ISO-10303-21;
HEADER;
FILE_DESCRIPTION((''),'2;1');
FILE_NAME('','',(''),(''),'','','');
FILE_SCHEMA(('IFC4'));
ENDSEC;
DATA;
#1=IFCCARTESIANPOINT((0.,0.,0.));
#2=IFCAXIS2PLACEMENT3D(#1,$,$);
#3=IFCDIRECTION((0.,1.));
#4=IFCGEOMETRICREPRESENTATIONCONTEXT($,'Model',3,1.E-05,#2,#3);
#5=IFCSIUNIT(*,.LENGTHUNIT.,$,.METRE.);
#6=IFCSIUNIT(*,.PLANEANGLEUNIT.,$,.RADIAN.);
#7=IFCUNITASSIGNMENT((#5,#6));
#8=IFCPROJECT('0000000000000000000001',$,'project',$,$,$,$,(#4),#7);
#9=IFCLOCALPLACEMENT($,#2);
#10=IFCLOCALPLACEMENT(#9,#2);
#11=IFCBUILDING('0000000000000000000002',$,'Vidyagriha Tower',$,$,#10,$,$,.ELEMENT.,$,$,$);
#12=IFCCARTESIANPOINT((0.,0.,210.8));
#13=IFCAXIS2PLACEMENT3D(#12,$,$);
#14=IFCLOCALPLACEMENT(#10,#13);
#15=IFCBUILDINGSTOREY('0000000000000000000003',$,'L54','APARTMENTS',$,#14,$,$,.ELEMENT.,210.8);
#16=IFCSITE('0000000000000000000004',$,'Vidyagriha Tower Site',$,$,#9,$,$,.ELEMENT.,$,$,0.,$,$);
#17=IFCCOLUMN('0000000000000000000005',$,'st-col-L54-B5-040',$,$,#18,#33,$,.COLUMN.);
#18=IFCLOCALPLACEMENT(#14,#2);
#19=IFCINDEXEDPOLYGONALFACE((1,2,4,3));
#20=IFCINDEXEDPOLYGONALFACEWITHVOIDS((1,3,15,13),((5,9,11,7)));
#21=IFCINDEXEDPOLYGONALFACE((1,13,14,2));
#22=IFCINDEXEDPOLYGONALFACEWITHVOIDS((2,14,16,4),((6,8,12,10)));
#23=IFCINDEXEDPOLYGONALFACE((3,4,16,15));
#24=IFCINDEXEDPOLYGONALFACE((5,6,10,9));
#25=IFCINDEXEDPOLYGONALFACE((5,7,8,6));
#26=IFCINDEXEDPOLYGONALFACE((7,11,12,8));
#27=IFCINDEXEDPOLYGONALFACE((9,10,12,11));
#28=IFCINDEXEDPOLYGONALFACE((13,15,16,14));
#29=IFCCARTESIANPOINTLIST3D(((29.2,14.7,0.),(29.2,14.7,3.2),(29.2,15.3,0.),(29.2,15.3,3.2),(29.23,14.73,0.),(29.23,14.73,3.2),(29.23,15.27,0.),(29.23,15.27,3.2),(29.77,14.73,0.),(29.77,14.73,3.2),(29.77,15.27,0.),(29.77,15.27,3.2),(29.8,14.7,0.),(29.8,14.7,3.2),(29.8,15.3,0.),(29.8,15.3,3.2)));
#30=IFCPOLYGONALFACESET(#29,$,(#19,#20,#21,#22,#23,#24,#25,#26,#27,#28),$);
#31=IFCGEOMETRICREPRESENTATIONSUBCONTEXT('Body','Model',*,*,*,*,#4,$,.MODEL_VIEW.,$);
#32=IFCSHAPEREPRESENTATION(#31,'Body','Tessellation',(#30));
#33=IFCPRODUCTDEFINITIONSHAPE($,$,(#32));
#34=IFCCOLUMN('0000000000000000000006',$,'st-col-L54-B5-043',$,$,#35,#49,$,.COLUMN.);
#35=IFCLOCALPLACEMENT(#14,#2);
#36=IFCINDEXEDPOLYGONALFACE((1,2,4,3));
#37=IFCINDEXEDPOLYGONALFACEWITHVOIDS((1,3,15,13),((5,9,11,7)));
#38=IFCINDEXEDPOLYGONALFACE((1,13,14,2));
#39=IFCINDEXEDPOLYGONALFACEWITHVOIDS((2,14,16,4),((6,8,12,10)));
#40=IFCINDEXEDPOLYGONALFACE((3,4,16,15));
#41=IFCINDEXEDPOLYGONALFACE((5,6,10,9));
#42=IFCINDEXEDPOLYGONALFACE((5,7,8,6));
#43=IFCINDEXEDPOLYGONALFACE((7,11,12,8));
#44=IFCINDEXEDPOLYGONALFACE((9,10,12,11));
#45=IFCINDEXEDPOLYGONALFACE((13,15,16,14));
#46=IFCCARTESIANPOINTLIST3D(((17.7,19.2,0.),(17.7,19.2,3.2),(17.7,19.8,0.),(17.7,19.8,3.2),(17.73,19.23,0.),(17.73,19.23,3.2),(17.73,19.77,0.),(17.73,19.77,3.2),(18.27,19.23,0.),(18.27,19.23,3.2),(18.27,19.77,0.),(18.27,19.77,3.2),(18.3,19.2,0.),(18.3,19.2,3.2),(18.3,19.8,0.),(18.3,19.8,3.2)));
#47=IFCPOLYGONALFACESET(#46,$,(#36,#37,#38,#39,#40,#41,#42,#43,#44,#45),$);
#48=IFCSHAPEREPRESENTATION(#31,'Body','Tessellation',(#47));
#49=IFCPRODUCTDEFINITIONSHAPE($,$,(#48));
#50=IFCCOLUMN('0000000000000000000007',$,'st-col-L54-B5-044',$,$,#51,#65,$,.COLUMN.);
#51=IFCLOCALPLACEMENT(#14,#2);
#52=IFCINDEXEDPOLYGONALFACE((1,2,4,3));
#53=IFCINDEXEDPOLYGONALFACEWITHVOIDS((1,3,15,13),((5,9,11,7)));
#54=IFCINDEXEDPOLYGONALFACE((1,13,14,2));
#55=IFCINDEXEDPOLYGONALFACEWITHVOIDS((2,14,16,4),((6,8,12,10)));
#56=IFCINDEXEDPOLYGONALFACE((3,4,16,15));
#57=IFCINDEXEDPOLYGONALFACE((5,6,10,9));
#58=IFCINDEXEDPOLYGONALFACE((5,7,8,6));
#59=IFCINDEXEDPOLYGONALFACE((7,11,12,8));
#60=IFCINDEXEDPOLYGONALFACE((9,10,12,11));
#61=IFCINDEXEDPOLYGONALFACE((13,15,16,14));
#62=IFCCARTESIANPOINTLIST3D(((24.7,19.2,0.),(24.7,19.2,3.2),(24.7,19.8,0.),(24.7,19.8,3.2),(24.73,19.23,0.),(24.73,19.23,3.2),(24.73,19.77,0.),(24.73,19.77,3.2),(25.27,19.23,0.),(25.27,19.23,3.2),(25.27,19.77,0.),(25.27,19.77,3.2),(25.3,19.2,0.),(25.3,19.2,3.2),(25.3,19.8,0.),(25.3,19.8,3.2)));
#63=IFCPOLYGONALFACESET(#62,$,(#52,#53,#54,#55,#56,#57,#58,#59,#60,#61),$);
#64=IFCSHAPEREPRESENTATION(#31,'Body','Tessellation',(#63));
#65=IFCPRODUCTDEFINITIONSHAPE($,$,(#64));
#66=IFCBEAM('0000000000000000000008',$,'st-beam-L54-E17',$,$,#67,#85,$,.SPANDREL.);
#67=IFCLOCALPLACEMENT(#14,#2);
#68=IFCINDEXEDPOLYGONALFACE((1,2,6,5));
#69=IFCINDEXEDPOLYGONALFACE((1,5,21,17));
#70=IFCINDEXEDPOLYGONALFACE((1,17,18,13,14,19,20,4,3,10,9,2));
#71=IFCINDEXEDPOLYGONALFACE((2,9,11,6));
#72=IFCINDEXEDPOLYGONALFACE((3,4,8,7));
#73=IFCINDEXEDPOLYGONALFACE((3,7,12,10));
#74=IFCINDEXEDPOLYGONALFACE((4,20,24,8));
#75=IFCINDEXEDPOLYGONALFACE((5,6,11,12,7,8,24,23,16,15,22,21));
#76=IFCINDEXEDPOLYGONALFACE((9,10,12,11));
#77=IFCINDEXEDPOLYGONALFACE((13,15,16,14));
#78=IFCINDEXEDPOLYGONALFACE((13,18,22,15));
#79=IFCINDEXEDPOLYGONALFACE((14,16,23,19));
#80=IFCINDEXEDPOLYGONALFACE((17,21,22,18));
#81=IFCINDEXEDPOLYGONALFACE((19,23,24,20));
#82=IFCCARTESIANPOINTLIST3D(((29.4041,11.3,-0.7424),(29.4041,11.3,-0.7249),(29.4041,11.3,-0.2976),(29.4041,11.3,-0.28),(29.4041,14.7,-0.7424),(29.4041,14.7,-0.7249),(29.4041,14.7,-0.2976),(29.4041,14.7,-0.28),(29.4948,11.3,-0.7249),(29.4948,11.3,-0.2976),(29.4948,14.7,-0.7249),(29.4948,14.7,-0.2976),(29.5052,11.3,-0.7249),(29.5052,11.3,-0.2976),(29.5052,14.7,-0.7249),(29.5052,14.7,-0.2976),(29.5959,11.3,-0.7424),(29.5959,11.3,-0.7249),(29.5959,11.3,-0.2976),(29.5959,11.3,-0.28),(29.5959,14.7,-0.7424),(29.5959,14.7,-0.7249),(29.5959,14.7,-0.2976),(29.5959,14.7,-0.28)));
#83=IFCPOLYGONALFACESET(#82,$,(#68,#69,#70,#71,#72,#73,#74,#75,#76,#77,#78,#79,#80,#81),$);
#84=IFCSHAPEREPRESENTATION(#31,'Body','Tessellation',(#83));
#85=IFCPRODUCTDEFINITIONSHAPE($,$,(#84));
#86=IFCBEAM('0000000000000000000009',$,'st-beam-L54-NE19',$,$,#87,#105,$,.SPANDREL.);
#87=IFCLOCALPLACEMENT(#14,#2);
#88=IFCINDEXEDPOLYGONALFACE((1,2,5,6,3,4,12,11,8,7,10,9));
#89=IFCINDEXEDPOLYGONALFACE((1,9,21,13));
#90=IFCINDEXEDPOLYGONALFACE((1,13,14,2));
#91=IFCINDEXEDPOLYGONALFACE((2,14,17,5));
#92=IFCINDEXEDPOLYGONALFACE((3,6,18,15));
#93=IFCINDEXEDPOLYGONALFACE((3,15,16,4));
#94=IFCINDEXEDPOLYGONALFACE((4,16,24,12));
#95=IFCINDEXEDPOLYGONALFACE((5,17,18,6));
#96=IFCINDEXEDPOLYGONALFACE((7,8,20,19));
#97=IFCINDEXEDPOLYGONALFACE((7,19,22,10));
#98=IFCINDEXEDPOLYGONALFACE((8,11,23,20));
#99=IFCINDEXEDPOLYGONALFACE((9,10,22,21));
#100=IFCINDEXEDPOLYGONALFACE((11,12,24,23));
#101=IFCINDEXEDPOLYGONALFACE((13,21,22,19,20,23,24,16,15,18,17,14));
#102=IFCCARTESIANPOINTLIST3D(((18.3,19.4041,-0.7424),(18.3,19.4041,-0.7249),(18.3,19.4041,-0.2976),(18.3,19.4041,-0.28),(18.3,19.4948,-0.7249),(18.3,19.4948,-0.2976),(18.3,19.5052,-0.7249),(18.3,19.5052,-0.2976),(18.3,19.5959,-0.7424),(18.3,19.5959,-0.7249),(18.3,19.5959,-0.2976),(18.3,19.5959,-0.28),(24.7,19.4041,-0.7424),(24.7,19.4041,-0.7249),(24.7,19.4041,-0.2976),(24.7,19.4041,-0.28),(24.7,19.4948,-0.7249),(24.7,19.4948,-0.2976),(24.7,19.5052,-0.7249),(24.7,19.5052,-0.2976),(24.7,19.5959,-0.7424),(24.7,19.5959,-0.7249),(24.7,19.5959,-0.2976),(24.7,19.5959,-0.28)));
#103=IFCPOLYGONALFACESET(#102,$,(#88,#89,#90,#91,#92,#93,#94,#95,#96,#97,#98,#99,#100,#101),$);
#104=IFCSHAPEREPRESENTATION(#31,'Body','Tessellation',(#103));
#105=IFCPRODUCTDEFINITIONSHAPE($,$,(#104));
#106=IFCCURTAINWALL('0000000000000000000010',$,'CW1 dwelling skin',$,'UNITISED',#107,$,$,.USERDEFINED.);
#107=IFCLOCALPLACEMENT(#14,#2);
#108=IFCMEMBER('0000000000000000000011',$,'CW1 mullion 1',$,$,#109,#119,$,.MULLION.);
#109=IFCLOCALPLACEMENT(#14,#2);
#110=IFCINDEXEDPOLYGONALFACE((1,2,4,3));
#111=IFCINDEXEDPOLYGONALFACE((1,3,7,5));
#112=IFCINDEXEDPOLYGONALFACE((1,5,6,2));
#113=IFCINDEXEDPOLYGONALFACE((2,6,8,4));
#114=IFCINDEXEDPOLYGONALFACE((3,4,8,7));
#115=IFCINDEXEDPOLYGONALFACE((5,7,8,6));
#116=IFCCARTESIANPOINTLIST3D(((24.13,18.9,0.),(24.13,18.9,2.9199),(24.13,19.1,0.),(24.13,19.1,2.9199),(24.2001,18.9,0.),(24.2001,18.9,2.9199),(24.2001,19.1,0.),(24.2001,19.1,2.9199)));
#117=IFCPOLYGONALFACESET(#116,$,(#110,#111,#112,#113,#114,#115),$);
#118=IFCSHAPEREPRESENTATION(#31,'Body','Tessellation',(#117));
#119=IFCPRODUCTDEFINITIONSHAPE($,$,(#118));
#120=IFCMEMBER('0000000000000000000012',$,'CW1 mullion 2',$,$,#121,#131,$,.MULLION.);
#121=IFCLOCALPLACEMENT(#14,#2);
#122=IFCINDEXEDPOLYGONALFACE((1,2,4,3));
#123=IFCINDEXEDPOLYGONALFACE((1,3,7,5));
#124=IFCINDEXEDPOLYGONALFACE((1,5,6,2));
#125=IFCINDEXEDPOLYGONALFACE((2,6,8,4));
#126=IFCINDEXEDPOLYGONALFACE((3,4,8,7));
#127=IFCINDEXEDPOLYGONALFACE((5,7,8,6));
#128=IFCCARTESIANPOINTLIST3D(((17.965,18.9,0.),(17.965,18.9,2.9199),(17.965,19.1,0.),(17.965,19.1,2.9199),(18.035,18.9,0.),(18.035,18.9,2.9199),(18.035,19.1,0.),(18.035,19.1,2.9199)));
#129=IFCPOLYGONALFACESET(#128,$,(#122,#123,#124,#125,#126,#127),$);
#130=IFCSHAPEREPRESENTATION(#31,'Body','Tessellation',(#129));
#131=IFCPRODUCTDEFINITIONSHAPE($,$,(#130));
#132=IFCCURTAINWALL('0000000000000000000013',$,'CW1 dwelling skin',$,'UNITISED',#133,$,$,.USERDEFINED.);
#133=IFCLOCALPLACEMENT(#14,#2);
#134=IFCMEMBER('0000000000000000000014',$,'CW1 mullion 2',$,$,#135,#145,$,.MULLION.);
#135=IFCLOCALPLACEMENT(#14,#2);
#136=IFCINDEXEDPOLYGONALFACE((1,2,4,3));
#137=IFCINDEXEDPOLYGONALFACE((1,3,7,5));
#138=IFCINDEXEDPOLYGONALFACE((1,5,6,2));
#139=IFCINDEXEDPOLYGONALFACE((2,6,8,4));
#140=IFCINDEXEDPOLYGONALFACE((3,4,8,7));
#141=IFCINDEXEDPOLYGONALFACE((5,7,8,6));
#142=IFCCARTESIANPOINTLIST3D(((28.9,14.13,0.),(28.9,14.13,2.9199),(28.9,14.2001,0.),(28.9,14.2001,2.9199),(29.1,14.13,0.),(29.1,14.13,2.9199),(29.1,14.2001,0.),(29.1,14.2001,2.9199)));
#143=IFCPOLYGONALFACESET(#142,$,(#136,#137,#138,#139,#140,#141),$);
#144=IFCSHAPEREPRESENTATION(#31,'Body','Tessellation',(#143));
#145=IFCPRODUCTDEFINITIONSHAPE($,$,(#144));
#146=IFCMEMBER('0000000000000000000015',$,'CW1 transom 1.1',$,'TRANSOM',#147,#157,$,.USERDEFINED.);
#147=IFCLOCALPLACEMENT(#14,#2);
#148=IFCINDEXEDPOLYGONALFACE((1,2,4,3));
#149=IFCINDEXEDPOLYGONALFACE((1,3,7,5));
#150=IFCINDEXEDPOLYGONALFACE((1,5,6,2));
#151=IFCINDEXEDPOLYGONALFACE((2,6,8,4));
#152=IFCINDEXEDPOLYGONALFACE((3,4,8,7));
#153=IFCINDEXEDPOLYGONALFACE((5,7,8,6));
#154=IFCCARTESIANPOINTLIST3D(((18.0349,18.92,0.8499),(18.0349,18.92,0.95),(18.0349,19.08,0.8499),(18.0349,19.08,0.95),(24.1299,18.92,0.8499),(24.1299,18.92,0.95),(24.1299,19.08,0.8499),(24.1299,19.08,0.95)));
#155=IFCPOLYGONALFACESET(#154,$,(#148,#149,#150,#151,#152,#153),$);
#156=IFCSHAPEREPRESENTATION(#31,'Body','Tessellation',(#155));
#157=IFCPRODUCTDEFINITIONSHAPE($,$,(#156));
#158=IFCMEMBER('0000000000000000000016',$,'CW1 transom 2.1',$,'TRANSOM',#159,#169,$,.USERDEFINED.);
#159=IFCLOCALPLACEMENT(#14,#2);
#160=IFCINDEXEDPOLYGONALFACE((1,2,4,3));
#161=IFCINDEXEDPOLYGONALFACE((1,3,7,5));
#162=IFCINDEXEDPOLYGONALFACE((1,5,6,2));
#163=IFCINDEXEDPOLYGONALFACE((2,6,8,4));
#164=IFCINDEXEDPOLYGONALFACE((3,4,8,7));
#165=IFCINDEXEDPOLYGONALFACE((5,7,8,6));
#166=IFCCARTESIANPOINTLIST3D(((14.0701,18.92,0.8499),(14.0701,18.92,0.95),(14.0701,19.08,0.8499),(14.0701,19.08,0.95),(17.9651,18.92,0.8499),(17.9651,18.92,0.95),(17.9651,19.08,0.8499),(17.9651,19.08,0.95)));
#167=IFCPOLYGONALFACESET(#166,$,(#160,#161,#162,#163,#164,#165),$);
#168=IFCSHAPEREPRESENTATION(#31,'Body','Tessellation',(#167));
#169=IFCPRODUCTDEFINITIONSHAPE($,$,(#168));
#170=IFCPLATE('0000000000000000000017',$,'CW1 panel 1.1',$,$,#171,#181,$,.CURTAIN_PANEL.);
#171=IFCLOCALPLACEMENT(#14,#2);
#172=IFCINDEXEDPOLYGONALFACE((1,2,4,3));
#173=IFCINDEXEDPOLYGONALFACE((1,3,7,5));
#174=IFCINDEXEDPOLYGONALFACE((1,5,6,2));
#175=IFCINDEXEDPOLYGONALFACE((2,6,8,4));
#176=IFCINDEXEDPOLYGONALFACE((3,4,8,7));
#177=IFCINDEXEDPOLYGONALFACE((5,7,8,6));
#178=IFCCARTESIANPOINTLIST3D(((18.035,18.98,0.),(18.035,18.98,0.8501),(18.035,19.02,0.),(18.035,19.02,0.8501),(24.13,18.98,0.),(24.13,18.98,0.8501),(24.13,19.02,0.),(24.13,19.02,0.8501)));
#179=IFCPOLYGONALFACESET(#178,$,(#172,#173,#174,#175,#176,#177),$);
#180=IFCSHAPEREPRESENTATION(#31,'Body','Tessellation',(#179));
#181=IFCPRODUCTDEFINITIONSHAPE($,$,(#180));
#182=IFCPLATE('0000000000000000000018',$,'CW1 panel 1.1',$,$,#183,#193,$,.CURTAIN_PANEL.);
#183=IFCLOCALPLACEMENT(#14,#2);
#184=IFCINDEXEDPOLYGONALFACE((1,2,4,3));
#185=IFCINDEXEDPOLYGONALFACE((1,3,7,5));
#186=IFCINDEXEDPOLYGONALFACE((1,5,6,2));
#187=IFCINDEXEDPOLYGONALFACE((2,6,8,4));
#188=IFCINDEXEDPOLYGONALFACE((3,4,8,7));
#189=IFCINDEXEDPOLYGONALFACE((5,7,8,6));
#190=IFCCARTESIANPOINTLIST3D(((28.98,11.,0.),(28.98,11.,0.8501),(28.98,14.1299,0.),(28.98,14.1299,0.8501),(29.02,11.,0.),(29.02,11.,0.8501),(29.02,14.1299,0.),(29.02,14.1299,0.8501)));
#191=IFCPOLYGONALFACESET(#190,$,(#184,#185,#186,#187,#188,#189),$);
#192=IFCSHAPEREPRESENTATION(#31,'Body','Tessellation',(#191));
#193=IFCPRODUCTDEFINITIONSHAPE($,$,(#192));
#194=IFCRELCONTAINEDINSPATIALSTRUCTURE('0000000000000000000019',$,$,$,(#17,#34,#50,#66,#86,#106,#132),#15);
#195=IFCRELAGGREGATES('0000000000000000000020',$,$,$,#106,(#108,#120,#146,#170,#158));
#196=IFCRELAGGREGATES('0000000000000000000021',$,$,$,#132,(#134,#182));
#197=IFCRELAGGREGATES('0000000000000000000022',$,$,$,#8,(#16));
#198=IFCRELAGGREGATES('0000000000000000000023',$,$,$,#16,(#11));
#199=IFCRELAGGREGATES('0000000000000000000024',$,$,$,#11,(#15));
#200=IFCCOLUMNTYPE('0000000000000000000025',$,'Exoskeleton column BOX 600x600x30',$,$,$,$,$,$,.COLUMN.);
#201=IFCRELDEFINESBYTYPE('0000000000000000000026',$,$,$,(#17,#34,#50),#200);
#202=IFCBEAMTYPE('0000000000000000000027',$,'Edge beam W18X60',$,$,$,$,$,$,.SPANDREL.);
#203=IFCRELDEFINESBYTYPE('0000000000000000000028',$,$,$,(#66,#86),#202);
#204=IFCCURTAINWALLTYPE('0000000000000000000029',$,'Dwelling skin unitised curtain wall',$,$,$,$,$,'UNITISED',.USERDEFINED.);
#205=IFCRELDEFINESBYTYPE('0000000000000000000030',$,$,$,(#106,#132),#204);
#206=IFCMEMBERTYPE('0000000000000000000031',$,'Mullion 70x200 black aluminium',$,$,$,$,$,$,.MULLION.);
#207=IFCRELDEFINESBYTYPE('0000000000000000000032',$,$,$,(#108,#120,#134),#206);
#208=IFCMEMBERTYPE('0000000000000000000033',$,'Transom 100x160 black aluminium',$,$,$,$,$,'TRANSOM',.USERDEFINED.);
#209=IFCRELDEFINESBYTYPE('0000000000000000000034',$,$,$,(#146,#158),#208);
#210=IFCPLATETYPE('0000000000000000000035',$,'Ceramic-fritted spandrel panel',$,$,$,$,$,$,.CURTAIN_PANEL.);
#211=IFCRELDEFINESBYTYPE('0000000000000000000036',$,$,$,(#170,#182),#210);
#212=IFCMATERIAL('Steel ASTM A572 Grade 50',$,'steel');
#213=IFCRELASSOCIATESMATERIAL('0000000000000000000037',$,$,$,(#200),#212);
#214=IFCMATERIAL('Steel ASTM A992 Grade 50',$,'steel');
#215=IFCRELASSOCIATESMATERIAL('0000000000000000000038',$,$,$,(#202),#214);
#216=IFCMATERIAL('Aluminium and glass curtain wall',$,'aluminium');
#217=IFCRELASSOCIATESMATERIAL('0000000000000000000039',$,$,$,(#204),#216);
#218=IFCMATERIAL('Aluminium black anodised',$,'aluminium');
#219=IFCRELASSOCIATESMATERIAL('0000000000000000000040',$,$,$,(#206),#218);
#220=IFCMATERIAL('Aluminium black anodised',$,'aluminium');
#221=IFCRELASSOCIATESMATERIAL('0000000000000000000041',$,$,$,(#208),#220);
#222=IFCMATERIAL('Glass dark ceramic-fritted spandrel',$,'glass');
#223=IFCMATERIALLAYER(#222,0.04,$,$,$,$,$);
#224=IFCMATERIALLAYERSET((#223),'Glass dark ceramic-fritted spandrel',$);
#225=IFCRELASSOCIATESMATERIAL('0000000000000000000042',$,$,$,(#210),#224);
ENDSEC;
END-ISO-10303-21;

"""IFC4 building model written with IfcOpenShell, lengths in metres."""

from ifc_helpers import new_model, si_unit, direction, frame, origin, origin_2d, place, context, subcontext, project, spatial, rectangle, hollow_rectangle, i_section, extrude, material, layer, layer_set, material_profile, profile_set, type_object, element, aggregate, save


model = new_model("IFC4")

# Units and contexts
model_context = context("Model", 3, precision=1e-05, world=origin(), true_north=direction((0.0, 1.0)))
body_context = subcontext(model_context, "Body", "Model", "MODEL_VIEW")
ifc_project = project(units=[si_unit("LENGTHUNIT", "METRE"), si_unit("PLANEANGLEUNIT", "RADIAN")], contexts=[model_context])

# Site, building, storey
site_placement = place(None, origin())
site = spatial("IfcSite", under=ifc_project, at=site_placement, Name="Vidyagriha Tower Site", CompositionType="ELEMENT", RefElevation=0.0)
building_placement = place(site_placement, origin())
building = spatial("IfcBuilding", under=site, at=building_placement, Name="Vidyagriha Tower", CompositionType="ELEMENT")
storey_placement = place(building_placement, frame((0.0, 0.0, 210.8)))
storey = spatial("IfcBuildingStorey", under=building, at=storey_placement, Name="L54", Description="APARTMENTS", CompositionType="ELEMENT", Elevation=210.8)

# Columns
ifc_material_1 = material(Name="Steel ASTM A572 Grade 50", Category="steel")
ifc_material_profile_1 = material_profile(ifc_material_1, hollow_rectangle(XDim=0.6001, YDim=0.6001, WallThickness=0.03, at=origin_2d()), Name="BOX 600x600x30")
ifc_profile_set_1 = profile_set([ifc_material_profile_1], Name="Steel ASTM A572 Grade 50")
column_type = type_object("IfcColumnType", Name="Exoskeleton column BOX 600x600x30", PredefinedType="COLUMN", material=ifc_profile_set_1)
for number, where, name in (
    (1, (29.5, 15.0, 0.0), "st-col-L54-B5-040"),
    (2, (18.0, 19.5, 0.0), "st-col-L54-B5-043"),
    (3, (25.0, 19.5, 0.0), "st-col-L54-B5-044"),
):
    element("IfcColumn", number, at=place(storey_placement, frame(where)), inside=storey, type_object=column_type, Name=name, PredefinedType="COLUMN", context=body_context, shape_type="SweptSolid", body=[
        extrude(hollow_rectangle(XDim=0.6001, YDim=0.6001, WallThickness=0.03, at=origin_2d()), origin(), (0.0, 0.0, 1.0), 3.2),
    ])

# Beams
ifc_material_2 = material(Name="Steel ASTM A992 Grade 50", Category="steel")
ifc_material_profile_2 = material_profile(ifc_material_2, i_section(OverallWidth=0.1919, OverallDepth=0.4624, WebThickness=0.0105, FlangeThickness=0.0176, at=origin_2d()), Name="W18X60")
ifc_profile_set_2 = profile_set([ifc_material_profile_2], Name="Steel ASTM A992 Grade 50")
beam_type = type_object("IfcBeamType", Name="Edge beam W18X60", PredefinedType="SPANDREL", material=ifc_profile_set_2)
beam_1_placement = place(storey_placement, frame((29.5, 11.3, -0.5112), z_axis=(0.0, 1.0, 0.0), x_axis=(-1.0, 0.0, 0.0)))
element("IfcBeam", 4, at=beam_1_placement, inside=storey, type_object=beam_type, Name="st-beam-L54-E17", PredefinedType="SPANDREL", context=body_context, shape_type="SweptSolid", body=[
    extrude(i_section(OverallWidth=0.1919, OverallDepth=0.4624, WebThickness=0.0105, FlangeThickness=0.0176, at=origin_2d()), origin(), (0.0, 0.0, 1.0), 3.3999),
])
beam_2_placement = place(storey_placement, frame((18.3, 19.5, -0.5112), z_axis=(1.0, 0.0, 0.0), x_axis=(0.0, 1.0, 0.0)))
element("IfcBeam", 5, at=beam_2_placement, inside=storey, type_object=beam_type, Name="st-beam-L54-NE19", PredefinedType="SPANDREL", context=body_context, shape_type="SweptSolid", body=[
    extrude(i_section(OverallWidth=0.1919, OverallDepth=0.4624, WebThickness=0.0105, FlangeThickness=0.0176, at=origin_2d()), origin(), (0.0, 0.0, 1.0), 6.3999),
])

# Curtain wall, members
ifc_material_3 = material(Name="Aluminium and glass curtain wall", Category="aluminium")
curtain_wall_type = type_object("IfcCurtainWallType", Name="Dwelling skin unitised curtain wall", ElementType="UNITISED", PredefinedType="USERDEFINED", material=ifc_material_3)
curtain_wall_1_placement = place(storey_placement, origin())
curtain_wall_1 = element("IfcCurtainWall", 6, at=curtain_wall_1_placement, inside=storey, type_object=curtain_wall_type, Name="CW1 dwelling skin", ObjectType="UNITISED", PredefinedType="USERDEFINED")
ifc_material_4 = material(Name="Aluminium black anodised", Category="aluminium")
ifc_material_profile_3 = material_profile(ifc_material_4, rectangle(XDim=0.2, YDim=0.0701, at=origin_2d()), Name="Mullion 70x200 black aluminium")
ifc_profile_set_3 = profile_set([ifc_material_profile_3], Name="Aluminium black anodised")
member_type_1 = type_object("IfcMemberType", Name="Mullion 70x200 black aluminium", PredefinedType="MULLION", material=ifc_profile_set_3)
member_1_placement = place(storey_placement, frame((24.165, 19.0, 0.0), z_axis=(0.0, 0.0, 1.0), x_axis=(0.0, -1.0, 0.0)))
member_1 = element("IfcMember", 7, at=member_1_placement, type_object=member_type_1, Name="CW1 mullion 1", PredefinedType="MULLION", context=body_context, shape_type="SweptSolid", body=[
    extrude(rectangle(XDim=0.2, YDim=0.0701, at=origin_2d()), origin(), (0.0, 0.0, 1.0), 2.9199),
])
member_2_placement = place(storey_placement, frame((18.0, 19.0, 0.0), z_axis=(0.0, 0.0, 1.0), x_axis=(0.0, -1.0, 0.0)))
member_2 = element("IfcMember", 8, at=member_2_placement, type_object=member_type_1, Name="CW1 mullion 2", PredefinedType="MULLION", context=body_context, shape_type="SweptSolid", body=[
    extrude(rectangle(XDim=0.2, YDim=0.0701, at=origin_2d()), origin(), (0.0, 0.0, 1.0), 2.9199),
])

# Curtain wall, member
curtain_wall_2_placement = place(storey_placement, origin())
curtain_wall_2 = element("IfcCurtainWall", 9, at=curtain_wall_2_placement, inside=storey, type_object=curtain_wall_type, Name="CW1 dwelling skin", ObjectType="UNITISED", PredefinedType="USERDEFINED")
member_3_placement = place(storey_placement, frame((29.0, 14.165, 0.0), z_axis=(0.0, 0.0, 1.0), x_axis=(-1.0, 0.0, 0.0)))
member_3 = element("IfcMember", 10, at=member_3_placement, type_object=member_type_1, Name="CW1 mullion 2", PredefinedType="MULLION", context=body_context, shape_type="SweptSolid", body=[
    extrude(rectangle(XDim=0.2, YDim=0.0701, at=origin_2d()), origin(), (0.0, 0.0, 1.0), 2.9199),
])

# Members
ifc_material_5 = material(Name="Aluminium black anodised", Category="aluminium")
ifc_material_profile_4 = material_profile(ifc_material_5, rectangle(XDim=0.1599, YDim=0.1001, at=origin_2d()), Name="Transom 100x160 black aluminium")
ifc_profile_set_4 = profile_set([ifc_material_profile_4], Name="Aluminium black anodised")
member_type_2 = type_object("IfcMemberType", Name="Transom 100x160 black aluminium", ElementType="TRANSOM", PredefinedType="USERDEFINED", material=ifc_profile_set_4)
member_4_placement = place(storey_placement, frame((24.1299, 19.0, 0.8999), z_axis=(-1.0, 0.0, 0.0), x_axis=(0.0, -1.0, 0.0)))
member_4 = element("IfcMember", 11, at=member_4_placement, type_object=member_type_2, Name="CW1 transom 1.1", ObjectType="TRANSOM", PredefinedType="USERDEFINED", context=body_context, shape_type="SweptSolid", body=[
    extrude(rectangle(XDim=0.1599, YDim=0.1001, at=origin_2d()), origin(), (0.0, 0.0, 1.0), 6.095),
])
member_5_placement = place(storey_placement, frame((17.9651, 19.0, 0.8999), z_axis=(-1.0, 0.0, 0.0), x_axis=(0.0, -1.0, 0.0)))
member_5 = element("IfcMember", 12, at=member_5_placement, type_object=member_type_2, Name="CW1 transom 2.1", ObjectType="TRANSOM", PredefinedType="USERDEFINED", context=body_context, shape_type="SweptSolid", body=[
    extrude(rectangle(XDim=0.1599, YDim=0.1001, at=origin_2d()), origin(), (0.0, 0.0, 1.0), 3.895),
])

# Plates
ifc_material_6 = material(Name="Glass dark ceramic-fritted spandrel", Category="glass")
ifc_layer_1 = layer(ifc_material_6, 0.04)
ifc_layer_set_1 = layer_set([ifc_layer_1], Name="Glass dark ceramic-fritted spandrel")
plate_type_1 = type_object("IfcPlateType", Name="Ceramic-fritted spandrel panel", PredefinedType="CURTAIN_PANEL", material=ifc_layer_set_1)
plate_1_placement = place(storey_placement, frame((21.0825, 19.0, 0.0), z_axis=(0.0, 0.0, 1.0), x_axis=(-1.0, 0.0, 0.0)))
plate_1 = element("IfcPlate", 13, at=plate_1_placement, type_object=plate_type_1, Name="CW1 panel 1.1", PredefinedType="CURTAIN_PANEL", context=body_context, shape_type="SweptSolid", body=[
    extrude(rectangle(XDim=6.095, YDim=0.04, at=origin_2d()), origin(), (0.0, 0.0, 1.0), 0.8501),
])
plate_2_placement = place(storey_placement, frame((29.0, 12.5649, 0.0), z_axis=(0.0, 0.0, 1.0), x_axis=(0.0, 1.0, 0.0)))
plate_2 = element("IfcPlate", 14, at=plate_2_placement, type_object=plate_type_1, Name="CW1 panel 1.1", PredefinedType="CURTAIN_PANEL", context=body_context, shape_type="SweptSolid", body=[
    extrude(rectangle(XDim=3.1299, YDim=0.04, at=origin_2d()), origin(), (0.0, 0.0, 1.0), 0.8501),
])
aggregate(curtain_wall_1, [member_1, member_2, member_4, plate_1, member_5])
aggregate(curtain_wall_2, [member_3, plate_2])

save(model, "model.ifc")
